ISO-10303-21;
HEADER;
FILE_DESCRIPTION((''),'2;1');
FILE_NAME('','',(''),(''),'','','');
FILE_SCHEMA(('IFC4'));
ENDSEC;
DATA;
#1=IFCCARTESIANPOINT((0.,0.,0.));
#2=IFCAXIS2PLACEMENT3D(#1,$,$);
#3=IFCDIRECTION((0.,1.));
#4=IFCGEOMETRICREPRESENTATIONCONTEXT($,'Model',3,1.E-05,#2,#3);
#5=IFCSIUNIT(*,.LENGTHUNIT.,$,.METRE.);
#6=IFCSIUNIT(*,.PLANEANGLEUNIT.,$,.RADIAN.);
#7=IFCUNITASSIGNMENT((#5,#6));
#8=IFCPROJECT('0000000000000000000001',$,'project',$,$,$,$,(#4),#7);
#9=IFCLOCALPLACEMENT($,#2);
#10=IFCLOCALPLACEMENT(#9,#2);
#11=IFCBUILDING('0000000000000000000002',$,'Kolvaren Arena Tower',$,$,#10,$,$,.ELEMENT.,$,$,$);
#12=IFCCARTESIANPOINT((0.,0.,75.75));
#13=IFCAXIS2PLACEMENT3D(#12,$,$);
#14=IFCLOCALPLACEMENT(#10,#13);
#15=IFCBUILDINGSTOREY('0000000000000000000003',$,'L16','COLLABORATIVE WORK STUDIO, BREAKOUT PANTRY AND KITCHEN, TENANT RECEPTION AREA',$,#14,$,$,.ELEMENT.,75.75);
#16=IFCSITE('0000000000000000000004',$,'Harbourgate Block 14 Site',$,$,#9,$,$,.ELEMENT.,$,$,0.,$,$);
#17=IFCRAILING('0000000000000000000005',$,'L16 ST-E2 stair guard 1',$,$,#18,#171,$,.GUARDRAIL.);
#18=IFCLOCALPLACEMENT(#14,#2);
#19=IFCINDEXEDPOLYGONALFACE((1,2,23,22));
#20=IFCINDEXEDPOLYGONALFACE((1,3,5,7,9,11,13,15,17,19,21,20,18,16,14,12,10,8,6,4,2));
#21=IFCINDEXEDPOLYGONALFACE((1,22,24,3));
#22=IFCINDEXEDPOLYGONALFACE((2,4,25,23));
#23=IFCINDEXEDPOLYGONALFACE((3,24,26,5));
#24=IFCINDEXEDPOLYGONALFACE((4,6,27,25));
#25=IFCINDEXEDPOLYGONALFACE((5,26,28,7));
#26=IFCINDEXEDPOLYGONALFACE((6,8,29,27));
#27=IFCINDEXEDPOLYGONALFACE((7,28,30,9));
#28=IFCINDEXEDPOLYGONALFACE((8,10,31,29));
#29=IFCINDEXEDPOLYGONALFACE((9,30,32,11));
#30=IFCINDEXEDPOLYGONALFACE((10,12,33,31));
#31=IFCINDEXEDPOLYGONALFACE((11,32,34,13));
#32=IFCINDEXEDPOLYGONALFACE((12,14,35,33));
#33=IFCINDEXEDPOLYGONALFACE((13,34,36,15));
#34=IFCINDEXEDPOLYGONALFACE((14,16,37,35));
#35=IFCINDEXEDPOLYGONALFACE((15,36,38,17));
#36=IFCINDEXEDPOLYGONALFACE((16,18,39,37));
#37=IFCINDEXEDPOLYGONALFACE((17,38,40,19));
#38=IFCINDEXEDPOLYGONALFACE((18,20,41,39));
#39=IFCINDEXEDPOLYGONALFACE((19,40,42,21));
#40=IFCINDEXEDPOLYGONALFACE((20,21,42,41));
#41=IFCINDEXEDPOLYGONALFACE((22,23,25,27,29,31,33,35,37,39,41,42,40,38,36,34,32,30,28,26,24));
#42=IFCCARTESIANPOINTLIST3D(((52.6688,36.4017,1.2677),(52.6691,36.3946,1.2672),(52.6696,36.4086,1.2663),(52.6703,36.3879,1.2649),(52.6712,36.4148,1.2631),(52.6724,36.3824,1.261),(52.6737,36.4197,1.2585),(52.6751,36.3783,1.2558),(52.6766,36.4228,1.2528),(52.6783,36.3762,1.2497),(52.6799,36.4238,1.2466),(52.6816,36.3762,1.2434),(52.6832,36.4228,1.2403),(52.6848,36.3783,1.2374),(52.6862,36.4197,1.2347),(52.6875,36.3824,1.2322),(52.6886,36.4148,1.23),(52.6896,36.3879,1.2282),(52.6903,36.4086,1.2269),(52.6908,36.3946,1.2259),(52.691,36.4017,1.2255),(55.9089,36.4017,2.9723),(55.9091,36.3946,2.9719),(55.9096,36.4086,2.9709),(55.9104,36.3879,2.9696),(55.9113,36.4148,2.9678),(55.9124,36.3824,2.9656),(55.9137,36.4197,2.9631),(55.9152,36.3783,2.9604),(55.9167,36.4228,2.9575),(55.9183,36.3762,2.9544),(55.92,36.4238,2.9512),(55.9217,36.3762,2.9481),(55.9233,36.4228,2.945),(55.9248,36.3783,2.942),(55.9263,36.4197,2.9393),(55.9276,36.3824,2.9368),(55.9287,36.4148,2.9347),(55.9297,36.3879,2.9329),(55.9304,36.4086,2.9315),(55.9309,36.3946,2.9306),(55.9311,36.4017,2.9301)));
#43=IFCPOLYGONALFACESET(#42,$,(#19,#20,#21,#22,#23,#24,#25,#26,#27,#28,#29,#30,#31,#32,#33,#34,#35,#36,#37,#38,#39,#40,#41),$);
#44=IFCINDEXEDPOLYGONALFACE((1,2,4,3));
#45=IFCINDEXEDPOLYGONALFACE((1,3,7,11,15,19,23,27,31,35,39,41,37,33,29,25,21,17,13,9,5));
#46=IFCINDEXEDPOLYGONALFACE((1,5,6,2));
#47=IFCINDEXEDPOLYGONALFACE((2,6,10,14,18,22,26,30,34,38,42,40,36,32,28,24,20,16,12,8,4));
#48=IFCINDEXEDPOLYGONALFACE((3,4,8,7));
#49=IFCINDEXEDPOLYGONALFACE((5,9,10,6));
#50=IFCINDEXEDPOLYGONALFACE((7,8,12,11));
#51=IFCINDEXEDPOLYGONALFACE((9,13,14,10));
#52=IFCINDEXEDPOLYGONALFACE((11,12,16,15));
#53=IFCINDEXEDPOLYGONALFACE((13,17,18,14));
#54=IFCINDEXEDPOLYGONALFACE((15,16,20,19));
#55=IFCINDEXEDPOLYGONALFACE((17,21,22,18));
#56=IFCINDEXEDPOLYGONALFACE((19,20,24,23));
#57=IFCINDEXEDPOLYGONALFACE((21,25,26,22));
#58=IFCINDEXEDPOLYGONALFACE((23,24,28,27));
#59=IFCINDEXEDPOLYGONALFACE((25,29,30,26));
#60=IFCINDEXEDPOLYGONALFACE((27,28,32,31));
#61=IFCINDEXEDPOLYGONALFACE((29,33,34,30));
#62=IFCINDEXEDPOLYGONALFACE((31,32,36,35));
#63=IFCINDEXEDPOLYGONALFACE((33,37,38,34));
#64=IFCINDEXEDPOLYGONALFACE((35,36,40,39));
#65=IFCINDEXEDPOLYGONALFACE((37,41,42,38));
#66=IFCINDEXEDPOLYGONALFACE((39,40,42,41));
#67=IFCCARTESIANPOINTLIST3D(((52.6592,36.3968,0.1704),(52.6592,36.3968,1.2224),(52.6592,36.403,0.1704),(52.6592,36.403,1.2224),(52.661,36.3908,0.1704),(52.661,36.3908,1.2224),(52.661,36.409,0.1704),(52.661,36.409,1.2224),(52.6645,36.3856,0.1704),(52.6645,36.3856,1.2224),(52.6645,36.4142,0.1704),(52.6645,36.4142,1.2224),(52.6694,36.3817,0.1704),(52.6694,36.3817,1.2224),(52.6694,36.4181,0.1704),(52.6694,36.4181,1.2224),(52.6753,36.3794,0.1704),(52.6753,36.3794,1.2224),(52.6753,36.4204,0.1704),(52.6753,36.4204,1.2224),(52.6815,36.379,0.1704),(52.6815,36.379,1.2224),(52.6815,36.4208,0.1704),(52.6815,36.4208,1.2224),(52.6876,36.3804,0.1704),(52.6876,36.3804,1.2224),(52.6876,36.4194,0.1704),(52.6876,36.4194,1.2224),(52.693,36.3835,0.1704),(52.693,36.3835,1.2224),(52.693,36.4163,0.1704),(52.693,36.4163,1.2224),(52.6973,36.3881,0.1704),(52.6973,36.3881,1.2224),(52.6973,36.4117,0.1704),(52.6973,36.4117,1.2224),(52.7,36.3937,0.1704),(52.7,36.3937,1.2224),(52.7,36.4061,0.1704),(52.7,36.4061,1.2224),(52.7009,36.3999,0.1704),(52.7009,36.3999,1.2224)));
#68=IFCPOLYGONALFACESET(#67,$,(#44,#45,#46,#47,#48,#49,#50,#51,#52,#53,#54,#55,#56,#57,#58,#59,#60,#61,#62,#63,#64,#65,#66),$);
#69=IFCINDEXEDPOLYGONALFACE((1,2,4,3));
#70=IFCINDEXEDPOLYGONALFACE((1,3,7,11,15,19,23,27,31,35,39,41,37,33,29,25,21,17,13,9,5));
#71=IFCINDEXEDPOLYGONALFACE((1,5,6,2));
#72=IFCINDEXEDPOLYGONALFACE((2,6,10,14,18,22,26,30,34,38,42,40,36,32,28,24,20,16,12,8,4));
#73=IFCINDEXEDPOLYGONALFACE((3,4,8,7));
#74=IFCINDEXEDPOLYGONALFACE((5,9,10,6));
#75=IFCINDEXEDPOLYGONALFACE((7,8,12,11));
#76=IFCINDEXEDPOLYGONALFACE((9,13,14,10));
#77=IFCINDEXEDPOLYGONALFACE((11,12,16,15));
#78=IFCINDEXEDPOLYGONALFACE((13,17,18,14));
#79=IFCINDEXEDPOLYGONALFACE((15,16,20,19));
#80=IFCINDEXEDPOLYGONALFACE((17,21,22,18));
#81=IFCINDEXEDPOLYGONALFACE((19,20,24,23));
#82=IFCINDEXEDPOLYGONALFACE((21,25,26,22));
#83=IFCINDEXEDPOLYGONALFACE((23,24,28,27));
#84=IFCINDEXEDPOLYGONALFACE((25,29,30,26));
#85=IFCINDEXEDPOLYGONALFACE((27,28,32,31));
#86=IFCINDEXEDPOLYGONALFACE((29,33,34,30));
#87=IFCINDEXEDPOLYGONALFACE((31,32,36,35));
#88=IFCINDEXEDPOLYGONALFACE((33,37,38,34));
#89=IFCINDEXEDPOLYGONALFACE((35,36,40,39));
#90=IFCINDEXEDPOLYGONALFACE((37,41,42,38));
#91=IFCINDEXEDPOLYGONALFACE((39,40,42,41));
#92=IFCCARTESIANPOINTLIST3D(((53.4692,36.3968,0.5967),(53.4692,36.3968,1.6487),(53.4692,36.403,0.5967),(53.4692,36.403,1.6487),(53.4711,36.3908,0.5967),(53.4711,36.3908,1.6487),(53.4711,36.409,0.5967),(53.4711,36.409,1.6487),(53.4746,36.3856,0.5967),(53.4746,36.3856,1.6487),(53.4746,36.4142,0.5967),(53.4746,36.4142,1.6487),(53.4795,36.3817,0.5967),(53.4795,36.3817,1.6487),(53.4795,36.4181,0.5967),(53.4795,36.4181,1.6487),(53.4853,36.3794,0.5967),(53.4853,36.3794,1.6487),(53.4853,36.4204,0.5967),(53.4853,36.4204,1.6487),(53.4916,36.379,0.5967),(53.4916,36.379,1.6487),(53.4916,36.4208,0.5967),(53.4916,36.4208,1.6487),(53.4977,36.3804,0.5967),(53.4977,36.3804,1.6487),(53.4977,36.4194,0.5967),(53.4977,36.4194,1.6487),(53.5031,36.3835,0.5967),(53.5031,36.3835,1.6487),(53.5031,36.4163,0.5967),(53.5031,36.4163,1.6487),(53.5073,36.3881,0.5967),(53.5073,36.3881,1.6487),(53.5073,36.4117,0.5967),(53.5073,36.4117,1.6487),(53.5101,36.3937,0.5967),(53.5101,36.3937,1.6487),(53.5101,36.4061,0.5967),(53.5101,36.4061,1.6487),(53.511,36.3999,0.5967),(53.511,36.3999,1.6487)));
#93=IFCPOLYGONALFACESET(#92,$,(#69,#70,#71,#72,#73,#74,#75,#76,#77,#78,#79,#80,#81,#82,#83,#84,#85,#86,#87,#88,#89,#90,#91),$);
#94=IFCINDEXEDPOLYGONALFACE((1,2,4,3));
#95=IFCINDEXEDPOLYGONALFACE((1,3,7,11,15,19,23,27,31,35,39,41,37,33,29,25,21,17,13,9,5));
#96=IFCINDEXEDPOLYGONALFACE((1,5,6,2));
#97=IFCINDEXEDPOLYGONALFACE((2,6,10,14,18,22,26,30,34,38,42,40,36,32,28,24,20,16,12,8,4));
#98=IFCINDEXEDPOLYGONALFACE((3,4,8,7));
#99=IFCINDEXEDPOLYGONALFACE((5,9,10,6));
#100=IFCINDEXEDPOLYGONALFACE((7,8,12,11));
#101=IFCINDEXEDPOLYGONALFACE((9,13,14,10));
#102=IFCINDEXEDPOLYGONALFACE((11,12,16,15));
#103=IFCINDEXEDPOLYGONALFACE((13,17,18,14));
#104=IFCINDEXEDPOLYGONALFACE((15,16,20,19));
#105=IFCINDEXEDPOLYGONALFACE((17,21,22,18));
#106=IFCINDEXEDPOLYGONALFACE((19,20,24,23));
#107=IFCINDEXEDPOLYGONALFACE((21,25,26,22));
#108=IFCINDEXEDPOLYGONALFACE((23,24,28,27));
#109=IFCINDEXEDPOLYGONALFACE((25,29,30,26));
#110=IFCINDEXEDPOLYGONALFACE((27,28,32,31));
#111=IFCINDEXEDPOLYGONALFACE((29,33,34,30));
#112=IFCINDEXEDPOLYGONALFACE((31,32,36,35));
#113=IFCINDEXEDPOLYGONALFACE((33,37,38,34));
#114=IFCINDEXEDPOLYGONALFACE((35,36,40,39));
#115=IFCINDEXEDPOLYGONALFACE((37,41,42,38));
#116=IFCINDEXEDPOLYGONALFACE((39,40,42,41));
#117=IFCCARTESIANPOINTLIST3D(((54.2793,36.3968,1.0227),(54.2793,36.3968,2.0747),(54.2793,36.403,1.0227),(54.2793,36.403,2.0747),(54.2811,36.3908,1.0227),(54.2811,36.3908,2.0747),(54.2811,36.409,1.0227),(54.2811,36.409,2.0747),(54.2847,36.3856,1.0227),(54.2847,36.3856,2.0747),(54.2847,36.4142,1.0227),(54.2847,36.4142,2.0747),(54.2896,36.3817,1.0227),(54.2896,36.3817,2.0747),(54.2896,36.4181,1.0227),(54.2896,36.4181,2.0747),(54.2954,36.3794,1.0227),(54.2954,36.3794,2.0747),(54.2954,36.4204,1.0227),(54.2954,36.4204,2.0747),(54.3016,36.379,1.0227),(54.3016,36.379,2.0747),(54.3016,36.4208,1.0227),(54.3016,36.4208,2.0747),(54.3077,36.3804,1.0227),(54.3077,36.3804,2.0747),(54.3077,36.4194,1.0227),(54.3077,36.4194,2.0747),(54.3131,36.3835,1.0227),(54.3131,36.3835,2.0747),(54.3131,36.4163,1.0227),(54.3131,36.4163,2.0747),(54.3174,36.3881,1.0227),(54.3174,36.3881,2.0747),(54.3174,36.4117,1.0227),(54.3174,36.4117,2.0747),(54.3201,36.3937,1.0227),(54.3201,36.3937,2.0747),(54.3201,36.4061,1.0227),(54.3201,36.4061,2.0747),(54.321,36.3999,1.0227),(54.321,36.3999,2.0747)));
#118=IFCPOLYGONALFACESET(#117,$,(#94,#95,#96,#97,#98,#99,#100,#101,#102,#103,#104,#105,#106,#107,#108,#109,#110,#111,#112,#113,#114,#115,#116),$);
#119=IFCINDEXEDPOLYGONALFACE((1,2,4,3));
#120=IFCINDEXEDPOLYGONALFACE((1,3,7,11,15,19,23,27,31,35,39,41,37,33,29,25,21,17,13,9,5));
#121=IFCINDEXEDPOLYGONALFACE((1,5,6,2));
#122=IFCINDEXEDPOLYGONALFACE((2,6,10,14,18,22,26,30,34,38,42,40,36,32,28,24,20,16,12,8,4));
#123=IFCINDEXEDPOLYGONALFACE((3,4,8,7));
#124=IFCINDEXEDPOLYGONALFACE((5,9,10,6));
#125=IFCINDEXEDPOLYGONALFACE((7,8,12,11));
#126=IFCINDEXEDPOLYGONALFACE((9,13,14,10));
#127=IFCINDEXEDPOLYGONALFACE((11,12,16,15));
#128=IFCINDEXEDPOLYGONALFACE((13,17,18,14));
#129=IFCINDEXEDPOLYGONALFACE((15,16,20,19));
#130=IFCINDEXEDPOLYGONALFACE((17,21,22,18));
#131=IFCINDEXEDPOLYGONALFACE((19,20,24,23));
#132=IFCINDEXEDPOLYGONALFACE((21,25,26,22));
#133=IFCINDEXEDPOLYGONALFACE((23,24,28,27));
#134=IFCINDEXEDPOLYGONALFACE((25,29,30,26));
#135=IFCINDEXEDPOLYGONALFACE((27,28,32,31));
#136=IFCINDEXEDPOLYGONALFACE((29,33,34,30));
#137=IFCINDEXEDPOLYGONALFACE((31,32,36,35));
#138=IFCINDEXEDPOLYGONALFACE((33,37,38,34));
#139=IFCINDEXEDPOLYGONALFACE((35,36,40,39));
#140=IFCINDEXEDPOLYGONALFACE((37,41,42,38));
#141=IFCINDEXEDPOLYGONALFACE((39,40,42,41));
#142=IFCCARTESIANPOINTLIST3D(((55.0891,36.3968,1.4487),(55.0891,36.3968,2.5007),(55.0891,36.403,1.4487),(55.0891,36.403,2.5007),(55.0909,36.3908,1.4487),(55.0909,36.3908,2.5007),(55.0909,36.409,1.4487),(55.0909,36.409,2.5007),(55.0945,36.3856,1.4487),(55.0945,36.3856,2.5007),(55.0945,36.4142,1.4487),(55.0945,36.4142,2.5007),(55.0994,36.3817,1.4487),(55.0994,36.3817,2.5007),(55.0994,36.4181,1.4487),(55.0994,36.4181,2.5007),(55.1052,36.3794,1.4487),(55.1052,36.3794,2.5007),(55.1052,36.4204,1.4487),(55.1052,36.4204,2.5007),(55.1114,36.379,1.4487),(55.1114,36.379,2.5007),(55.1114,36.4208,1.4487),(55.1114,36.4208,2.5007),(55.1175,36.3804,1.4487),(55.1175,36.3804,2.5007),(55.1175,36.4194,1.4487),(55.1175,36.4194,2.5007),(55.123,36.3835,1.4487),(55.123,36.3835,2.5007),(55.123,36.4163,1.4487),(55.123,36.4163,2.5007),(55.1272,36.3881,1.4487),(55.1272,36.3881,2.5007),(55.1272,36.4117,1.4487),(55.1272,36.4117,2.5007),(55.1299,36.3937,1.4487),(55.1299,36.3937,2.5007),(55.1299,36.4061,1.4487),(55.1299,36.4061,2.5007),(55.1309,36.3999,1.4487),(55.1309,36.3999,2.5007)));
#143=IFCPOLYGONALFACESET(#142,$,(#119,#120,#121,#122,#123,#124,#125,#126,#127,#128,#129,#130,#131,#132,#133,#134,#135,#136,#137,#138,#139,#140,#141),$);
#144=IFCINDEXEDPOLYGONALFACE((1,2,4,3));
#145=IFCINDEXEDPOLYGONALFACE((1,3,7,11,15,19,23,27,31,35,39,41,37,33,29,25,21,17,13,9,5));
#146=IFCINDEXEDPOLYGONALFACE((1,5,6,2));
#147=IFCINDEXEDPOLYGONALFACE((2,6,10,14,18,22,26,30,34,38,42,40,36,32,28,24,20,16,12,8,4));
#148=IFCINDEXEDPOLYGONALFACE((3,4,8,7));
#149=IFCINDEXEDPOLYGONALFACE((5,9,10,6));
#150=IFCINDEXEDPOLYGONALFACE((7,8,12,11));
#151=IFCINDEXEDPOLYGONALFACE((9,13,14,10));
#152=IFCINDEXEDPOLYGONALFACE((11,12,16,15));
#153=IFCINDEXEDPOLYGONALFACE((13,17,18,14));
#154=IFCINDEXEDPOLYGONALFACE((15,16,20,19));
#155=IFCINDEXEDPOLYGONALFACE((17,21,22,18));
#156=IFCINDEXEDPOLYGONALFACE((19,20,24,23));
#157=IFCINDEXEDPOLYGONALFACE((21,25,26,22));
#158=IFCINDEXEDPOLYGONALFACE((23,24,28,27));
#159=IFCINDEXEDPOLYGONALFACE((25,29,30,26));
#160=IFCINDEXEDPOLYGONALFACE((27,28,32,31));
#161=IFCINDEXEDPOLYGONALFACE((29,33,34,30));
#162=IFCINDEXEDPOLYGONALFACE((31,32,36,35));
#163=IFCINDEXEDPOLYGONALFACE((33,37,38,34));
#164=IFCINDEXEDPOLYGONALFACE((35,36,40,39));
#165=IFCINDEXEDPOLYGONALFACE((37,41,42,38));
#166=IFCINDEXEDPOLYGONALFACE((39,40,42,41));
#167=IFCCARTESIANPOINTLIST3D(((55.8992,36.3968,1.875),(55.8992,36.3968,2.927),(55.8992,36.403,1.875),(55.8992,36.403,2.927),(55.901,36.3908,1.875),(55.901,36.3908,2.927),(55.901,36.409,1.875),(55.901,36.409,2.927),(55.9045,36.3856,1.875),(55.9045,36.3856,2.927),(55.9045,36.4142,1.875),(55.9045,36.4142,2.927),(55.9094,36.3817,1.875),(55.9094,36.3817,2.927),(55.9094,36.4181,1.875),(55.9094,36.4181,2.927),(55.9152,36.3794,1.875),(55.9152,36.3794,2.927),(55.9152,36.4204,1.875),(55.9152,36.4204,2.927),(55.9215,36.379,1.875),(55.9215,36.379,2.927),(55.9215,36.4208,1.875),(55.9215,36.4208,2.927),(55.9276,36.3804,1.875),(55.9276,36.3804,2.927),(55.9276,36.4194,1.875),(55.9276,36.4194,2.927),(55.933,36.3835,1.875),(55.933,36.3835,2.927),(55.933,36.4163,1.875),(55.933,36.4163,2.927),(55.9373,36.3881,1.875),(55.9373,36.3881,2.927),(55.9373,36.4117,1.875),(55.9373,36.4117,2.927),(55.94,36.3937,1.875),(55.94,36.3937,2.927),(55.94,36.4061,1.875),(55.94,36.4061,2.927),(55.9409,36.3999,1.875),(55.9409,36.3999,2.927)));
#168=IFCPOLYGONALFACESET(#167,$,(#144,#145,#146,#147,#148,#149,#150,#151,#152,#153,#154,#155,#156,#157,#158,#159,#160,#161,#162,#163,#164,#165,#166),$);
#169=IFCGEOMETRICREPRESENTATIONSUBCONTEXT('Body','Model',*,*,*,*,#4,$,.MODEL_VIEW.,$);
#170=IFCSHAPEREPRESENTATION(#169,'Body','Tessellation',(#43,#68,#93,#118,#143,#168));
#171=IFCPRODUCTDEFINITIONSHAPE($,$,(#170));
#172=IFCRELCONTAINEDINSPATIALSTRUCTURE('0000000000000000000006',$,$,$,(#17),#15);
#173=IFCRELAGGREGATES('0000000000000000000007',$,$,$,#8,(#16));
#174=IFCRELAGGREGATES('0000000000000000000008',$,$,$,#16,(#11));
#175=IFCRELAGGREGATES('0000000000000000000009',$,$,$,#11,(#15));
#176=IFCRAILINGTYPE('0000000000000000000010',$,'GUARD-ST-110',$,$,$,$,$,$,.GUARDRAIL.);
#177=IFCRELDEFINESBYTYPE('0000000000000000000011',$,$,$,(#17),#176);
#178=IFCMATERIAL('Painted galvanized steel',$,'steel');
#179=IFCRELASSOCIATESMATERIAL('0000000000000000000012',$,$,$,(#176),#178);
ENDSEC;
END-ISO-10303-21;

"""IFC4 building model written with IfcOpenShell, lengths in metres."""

from ifc_helpers import new_model, si_unit, direction, frame, origin, origin_2d, place, context, subcontext, project, spatial, circle, extrude, material, type_object, element, save


model = new_model("IFC4")

# Units and contexts
model_context = context("Model", 3, precision=1e-05, world=origin(), true_north=direction((0.0, 1.0)))
body_context = subcontext(model_context, "Body", "Model", "MODEL_VIEW")
ifc_project = project(units=[si_unit("LENGTHUNIT", "METRE"), si_unit("PLANEANGLEUNIT", "RADIAN")], contexts=[model_context])

# Site, building, storey
site_placement = place(None, origin())
site = spatial("IfcSite", under=ifc_project, at=site_placement, Name="Harbourgate Block 14 Site", CompositionType="ELEMENT", RefElevation=0.0)
building_placement = place(site_placement, origin())
building = spatial("IfcBuilding", under=site, at=building_placement, Name="Kolvaren Arena Tower", CompositionType="ELEMENT")
storey_placement = place(building_placement, frame((0.0, 0.0, 75.75)))
storey = spatial("IfcBuildingStorey", under=building, at=storey_placement, Name="L16", Description="COLLABORATIVE WORK STUDIO, BREAKOUT PANTRY AND KITCHEN, TENANT RECEPTION AREA", CompositionType="ELEMENT", Elevation=75.75)

# Railing
ifc_material_1 = material(Name="Painted galvanized steel", Category="steel")
railing_type = type_object("IfcRailingType", Name="GUARD-ST-110", PredefinedType="GUARDRAIL", material=ifc_material_1)
railing_1_placement = place(storey_placement, frame((52.6799, 36.3999, 0.1704)))
element("IfcRailing", 1, at=railing_1_placement, inside=storey, type_object=railing_type, Name="L16 ST-E2 stair guard 1", PredefinedType="GUARDRAIL", context=body_context, shape_type="SweptSolid", body=[
    extrude(circle(Radius=0.0239, at=origin_2d()), frame((0.0, 0.0, 1.0762), z_axis=(0.884993, 0.0, 0.465604), x_axis=(0.0, 1.0, 0.0)), (0.0, 0.0, 1.0), 3.6611),
    extrude(circle(Radius=0.021, at=origin_2d()), origin(), (0.0, 0.0, 1.0), 1.052),
    extrude(circle(Radius=0.021, at=origin_2d()), frame((0.8101, 0.0, 0.4263)), (0.0, 0.0, 1.0), 1.052),
    extrude(circle(Radius=0.021, at=origin_2d()), frame((1.6201, 0.0, 0.8523)), (0.0, 0.0, 1.0), 1.052),
    extrude(circle(Radius=0.021, at=origin_2d()), frame((2.4299, 0.0, 1.2783)), (0.0, 0.0, 1.0), 1.052),
    extrude(circle(Radius=0.021, at=origin_2d()), frame((3.24, 0.0, 1.7046)), (0.0, 0.0, 1.0), 1.052),
])

save(model, "model.ifc")
